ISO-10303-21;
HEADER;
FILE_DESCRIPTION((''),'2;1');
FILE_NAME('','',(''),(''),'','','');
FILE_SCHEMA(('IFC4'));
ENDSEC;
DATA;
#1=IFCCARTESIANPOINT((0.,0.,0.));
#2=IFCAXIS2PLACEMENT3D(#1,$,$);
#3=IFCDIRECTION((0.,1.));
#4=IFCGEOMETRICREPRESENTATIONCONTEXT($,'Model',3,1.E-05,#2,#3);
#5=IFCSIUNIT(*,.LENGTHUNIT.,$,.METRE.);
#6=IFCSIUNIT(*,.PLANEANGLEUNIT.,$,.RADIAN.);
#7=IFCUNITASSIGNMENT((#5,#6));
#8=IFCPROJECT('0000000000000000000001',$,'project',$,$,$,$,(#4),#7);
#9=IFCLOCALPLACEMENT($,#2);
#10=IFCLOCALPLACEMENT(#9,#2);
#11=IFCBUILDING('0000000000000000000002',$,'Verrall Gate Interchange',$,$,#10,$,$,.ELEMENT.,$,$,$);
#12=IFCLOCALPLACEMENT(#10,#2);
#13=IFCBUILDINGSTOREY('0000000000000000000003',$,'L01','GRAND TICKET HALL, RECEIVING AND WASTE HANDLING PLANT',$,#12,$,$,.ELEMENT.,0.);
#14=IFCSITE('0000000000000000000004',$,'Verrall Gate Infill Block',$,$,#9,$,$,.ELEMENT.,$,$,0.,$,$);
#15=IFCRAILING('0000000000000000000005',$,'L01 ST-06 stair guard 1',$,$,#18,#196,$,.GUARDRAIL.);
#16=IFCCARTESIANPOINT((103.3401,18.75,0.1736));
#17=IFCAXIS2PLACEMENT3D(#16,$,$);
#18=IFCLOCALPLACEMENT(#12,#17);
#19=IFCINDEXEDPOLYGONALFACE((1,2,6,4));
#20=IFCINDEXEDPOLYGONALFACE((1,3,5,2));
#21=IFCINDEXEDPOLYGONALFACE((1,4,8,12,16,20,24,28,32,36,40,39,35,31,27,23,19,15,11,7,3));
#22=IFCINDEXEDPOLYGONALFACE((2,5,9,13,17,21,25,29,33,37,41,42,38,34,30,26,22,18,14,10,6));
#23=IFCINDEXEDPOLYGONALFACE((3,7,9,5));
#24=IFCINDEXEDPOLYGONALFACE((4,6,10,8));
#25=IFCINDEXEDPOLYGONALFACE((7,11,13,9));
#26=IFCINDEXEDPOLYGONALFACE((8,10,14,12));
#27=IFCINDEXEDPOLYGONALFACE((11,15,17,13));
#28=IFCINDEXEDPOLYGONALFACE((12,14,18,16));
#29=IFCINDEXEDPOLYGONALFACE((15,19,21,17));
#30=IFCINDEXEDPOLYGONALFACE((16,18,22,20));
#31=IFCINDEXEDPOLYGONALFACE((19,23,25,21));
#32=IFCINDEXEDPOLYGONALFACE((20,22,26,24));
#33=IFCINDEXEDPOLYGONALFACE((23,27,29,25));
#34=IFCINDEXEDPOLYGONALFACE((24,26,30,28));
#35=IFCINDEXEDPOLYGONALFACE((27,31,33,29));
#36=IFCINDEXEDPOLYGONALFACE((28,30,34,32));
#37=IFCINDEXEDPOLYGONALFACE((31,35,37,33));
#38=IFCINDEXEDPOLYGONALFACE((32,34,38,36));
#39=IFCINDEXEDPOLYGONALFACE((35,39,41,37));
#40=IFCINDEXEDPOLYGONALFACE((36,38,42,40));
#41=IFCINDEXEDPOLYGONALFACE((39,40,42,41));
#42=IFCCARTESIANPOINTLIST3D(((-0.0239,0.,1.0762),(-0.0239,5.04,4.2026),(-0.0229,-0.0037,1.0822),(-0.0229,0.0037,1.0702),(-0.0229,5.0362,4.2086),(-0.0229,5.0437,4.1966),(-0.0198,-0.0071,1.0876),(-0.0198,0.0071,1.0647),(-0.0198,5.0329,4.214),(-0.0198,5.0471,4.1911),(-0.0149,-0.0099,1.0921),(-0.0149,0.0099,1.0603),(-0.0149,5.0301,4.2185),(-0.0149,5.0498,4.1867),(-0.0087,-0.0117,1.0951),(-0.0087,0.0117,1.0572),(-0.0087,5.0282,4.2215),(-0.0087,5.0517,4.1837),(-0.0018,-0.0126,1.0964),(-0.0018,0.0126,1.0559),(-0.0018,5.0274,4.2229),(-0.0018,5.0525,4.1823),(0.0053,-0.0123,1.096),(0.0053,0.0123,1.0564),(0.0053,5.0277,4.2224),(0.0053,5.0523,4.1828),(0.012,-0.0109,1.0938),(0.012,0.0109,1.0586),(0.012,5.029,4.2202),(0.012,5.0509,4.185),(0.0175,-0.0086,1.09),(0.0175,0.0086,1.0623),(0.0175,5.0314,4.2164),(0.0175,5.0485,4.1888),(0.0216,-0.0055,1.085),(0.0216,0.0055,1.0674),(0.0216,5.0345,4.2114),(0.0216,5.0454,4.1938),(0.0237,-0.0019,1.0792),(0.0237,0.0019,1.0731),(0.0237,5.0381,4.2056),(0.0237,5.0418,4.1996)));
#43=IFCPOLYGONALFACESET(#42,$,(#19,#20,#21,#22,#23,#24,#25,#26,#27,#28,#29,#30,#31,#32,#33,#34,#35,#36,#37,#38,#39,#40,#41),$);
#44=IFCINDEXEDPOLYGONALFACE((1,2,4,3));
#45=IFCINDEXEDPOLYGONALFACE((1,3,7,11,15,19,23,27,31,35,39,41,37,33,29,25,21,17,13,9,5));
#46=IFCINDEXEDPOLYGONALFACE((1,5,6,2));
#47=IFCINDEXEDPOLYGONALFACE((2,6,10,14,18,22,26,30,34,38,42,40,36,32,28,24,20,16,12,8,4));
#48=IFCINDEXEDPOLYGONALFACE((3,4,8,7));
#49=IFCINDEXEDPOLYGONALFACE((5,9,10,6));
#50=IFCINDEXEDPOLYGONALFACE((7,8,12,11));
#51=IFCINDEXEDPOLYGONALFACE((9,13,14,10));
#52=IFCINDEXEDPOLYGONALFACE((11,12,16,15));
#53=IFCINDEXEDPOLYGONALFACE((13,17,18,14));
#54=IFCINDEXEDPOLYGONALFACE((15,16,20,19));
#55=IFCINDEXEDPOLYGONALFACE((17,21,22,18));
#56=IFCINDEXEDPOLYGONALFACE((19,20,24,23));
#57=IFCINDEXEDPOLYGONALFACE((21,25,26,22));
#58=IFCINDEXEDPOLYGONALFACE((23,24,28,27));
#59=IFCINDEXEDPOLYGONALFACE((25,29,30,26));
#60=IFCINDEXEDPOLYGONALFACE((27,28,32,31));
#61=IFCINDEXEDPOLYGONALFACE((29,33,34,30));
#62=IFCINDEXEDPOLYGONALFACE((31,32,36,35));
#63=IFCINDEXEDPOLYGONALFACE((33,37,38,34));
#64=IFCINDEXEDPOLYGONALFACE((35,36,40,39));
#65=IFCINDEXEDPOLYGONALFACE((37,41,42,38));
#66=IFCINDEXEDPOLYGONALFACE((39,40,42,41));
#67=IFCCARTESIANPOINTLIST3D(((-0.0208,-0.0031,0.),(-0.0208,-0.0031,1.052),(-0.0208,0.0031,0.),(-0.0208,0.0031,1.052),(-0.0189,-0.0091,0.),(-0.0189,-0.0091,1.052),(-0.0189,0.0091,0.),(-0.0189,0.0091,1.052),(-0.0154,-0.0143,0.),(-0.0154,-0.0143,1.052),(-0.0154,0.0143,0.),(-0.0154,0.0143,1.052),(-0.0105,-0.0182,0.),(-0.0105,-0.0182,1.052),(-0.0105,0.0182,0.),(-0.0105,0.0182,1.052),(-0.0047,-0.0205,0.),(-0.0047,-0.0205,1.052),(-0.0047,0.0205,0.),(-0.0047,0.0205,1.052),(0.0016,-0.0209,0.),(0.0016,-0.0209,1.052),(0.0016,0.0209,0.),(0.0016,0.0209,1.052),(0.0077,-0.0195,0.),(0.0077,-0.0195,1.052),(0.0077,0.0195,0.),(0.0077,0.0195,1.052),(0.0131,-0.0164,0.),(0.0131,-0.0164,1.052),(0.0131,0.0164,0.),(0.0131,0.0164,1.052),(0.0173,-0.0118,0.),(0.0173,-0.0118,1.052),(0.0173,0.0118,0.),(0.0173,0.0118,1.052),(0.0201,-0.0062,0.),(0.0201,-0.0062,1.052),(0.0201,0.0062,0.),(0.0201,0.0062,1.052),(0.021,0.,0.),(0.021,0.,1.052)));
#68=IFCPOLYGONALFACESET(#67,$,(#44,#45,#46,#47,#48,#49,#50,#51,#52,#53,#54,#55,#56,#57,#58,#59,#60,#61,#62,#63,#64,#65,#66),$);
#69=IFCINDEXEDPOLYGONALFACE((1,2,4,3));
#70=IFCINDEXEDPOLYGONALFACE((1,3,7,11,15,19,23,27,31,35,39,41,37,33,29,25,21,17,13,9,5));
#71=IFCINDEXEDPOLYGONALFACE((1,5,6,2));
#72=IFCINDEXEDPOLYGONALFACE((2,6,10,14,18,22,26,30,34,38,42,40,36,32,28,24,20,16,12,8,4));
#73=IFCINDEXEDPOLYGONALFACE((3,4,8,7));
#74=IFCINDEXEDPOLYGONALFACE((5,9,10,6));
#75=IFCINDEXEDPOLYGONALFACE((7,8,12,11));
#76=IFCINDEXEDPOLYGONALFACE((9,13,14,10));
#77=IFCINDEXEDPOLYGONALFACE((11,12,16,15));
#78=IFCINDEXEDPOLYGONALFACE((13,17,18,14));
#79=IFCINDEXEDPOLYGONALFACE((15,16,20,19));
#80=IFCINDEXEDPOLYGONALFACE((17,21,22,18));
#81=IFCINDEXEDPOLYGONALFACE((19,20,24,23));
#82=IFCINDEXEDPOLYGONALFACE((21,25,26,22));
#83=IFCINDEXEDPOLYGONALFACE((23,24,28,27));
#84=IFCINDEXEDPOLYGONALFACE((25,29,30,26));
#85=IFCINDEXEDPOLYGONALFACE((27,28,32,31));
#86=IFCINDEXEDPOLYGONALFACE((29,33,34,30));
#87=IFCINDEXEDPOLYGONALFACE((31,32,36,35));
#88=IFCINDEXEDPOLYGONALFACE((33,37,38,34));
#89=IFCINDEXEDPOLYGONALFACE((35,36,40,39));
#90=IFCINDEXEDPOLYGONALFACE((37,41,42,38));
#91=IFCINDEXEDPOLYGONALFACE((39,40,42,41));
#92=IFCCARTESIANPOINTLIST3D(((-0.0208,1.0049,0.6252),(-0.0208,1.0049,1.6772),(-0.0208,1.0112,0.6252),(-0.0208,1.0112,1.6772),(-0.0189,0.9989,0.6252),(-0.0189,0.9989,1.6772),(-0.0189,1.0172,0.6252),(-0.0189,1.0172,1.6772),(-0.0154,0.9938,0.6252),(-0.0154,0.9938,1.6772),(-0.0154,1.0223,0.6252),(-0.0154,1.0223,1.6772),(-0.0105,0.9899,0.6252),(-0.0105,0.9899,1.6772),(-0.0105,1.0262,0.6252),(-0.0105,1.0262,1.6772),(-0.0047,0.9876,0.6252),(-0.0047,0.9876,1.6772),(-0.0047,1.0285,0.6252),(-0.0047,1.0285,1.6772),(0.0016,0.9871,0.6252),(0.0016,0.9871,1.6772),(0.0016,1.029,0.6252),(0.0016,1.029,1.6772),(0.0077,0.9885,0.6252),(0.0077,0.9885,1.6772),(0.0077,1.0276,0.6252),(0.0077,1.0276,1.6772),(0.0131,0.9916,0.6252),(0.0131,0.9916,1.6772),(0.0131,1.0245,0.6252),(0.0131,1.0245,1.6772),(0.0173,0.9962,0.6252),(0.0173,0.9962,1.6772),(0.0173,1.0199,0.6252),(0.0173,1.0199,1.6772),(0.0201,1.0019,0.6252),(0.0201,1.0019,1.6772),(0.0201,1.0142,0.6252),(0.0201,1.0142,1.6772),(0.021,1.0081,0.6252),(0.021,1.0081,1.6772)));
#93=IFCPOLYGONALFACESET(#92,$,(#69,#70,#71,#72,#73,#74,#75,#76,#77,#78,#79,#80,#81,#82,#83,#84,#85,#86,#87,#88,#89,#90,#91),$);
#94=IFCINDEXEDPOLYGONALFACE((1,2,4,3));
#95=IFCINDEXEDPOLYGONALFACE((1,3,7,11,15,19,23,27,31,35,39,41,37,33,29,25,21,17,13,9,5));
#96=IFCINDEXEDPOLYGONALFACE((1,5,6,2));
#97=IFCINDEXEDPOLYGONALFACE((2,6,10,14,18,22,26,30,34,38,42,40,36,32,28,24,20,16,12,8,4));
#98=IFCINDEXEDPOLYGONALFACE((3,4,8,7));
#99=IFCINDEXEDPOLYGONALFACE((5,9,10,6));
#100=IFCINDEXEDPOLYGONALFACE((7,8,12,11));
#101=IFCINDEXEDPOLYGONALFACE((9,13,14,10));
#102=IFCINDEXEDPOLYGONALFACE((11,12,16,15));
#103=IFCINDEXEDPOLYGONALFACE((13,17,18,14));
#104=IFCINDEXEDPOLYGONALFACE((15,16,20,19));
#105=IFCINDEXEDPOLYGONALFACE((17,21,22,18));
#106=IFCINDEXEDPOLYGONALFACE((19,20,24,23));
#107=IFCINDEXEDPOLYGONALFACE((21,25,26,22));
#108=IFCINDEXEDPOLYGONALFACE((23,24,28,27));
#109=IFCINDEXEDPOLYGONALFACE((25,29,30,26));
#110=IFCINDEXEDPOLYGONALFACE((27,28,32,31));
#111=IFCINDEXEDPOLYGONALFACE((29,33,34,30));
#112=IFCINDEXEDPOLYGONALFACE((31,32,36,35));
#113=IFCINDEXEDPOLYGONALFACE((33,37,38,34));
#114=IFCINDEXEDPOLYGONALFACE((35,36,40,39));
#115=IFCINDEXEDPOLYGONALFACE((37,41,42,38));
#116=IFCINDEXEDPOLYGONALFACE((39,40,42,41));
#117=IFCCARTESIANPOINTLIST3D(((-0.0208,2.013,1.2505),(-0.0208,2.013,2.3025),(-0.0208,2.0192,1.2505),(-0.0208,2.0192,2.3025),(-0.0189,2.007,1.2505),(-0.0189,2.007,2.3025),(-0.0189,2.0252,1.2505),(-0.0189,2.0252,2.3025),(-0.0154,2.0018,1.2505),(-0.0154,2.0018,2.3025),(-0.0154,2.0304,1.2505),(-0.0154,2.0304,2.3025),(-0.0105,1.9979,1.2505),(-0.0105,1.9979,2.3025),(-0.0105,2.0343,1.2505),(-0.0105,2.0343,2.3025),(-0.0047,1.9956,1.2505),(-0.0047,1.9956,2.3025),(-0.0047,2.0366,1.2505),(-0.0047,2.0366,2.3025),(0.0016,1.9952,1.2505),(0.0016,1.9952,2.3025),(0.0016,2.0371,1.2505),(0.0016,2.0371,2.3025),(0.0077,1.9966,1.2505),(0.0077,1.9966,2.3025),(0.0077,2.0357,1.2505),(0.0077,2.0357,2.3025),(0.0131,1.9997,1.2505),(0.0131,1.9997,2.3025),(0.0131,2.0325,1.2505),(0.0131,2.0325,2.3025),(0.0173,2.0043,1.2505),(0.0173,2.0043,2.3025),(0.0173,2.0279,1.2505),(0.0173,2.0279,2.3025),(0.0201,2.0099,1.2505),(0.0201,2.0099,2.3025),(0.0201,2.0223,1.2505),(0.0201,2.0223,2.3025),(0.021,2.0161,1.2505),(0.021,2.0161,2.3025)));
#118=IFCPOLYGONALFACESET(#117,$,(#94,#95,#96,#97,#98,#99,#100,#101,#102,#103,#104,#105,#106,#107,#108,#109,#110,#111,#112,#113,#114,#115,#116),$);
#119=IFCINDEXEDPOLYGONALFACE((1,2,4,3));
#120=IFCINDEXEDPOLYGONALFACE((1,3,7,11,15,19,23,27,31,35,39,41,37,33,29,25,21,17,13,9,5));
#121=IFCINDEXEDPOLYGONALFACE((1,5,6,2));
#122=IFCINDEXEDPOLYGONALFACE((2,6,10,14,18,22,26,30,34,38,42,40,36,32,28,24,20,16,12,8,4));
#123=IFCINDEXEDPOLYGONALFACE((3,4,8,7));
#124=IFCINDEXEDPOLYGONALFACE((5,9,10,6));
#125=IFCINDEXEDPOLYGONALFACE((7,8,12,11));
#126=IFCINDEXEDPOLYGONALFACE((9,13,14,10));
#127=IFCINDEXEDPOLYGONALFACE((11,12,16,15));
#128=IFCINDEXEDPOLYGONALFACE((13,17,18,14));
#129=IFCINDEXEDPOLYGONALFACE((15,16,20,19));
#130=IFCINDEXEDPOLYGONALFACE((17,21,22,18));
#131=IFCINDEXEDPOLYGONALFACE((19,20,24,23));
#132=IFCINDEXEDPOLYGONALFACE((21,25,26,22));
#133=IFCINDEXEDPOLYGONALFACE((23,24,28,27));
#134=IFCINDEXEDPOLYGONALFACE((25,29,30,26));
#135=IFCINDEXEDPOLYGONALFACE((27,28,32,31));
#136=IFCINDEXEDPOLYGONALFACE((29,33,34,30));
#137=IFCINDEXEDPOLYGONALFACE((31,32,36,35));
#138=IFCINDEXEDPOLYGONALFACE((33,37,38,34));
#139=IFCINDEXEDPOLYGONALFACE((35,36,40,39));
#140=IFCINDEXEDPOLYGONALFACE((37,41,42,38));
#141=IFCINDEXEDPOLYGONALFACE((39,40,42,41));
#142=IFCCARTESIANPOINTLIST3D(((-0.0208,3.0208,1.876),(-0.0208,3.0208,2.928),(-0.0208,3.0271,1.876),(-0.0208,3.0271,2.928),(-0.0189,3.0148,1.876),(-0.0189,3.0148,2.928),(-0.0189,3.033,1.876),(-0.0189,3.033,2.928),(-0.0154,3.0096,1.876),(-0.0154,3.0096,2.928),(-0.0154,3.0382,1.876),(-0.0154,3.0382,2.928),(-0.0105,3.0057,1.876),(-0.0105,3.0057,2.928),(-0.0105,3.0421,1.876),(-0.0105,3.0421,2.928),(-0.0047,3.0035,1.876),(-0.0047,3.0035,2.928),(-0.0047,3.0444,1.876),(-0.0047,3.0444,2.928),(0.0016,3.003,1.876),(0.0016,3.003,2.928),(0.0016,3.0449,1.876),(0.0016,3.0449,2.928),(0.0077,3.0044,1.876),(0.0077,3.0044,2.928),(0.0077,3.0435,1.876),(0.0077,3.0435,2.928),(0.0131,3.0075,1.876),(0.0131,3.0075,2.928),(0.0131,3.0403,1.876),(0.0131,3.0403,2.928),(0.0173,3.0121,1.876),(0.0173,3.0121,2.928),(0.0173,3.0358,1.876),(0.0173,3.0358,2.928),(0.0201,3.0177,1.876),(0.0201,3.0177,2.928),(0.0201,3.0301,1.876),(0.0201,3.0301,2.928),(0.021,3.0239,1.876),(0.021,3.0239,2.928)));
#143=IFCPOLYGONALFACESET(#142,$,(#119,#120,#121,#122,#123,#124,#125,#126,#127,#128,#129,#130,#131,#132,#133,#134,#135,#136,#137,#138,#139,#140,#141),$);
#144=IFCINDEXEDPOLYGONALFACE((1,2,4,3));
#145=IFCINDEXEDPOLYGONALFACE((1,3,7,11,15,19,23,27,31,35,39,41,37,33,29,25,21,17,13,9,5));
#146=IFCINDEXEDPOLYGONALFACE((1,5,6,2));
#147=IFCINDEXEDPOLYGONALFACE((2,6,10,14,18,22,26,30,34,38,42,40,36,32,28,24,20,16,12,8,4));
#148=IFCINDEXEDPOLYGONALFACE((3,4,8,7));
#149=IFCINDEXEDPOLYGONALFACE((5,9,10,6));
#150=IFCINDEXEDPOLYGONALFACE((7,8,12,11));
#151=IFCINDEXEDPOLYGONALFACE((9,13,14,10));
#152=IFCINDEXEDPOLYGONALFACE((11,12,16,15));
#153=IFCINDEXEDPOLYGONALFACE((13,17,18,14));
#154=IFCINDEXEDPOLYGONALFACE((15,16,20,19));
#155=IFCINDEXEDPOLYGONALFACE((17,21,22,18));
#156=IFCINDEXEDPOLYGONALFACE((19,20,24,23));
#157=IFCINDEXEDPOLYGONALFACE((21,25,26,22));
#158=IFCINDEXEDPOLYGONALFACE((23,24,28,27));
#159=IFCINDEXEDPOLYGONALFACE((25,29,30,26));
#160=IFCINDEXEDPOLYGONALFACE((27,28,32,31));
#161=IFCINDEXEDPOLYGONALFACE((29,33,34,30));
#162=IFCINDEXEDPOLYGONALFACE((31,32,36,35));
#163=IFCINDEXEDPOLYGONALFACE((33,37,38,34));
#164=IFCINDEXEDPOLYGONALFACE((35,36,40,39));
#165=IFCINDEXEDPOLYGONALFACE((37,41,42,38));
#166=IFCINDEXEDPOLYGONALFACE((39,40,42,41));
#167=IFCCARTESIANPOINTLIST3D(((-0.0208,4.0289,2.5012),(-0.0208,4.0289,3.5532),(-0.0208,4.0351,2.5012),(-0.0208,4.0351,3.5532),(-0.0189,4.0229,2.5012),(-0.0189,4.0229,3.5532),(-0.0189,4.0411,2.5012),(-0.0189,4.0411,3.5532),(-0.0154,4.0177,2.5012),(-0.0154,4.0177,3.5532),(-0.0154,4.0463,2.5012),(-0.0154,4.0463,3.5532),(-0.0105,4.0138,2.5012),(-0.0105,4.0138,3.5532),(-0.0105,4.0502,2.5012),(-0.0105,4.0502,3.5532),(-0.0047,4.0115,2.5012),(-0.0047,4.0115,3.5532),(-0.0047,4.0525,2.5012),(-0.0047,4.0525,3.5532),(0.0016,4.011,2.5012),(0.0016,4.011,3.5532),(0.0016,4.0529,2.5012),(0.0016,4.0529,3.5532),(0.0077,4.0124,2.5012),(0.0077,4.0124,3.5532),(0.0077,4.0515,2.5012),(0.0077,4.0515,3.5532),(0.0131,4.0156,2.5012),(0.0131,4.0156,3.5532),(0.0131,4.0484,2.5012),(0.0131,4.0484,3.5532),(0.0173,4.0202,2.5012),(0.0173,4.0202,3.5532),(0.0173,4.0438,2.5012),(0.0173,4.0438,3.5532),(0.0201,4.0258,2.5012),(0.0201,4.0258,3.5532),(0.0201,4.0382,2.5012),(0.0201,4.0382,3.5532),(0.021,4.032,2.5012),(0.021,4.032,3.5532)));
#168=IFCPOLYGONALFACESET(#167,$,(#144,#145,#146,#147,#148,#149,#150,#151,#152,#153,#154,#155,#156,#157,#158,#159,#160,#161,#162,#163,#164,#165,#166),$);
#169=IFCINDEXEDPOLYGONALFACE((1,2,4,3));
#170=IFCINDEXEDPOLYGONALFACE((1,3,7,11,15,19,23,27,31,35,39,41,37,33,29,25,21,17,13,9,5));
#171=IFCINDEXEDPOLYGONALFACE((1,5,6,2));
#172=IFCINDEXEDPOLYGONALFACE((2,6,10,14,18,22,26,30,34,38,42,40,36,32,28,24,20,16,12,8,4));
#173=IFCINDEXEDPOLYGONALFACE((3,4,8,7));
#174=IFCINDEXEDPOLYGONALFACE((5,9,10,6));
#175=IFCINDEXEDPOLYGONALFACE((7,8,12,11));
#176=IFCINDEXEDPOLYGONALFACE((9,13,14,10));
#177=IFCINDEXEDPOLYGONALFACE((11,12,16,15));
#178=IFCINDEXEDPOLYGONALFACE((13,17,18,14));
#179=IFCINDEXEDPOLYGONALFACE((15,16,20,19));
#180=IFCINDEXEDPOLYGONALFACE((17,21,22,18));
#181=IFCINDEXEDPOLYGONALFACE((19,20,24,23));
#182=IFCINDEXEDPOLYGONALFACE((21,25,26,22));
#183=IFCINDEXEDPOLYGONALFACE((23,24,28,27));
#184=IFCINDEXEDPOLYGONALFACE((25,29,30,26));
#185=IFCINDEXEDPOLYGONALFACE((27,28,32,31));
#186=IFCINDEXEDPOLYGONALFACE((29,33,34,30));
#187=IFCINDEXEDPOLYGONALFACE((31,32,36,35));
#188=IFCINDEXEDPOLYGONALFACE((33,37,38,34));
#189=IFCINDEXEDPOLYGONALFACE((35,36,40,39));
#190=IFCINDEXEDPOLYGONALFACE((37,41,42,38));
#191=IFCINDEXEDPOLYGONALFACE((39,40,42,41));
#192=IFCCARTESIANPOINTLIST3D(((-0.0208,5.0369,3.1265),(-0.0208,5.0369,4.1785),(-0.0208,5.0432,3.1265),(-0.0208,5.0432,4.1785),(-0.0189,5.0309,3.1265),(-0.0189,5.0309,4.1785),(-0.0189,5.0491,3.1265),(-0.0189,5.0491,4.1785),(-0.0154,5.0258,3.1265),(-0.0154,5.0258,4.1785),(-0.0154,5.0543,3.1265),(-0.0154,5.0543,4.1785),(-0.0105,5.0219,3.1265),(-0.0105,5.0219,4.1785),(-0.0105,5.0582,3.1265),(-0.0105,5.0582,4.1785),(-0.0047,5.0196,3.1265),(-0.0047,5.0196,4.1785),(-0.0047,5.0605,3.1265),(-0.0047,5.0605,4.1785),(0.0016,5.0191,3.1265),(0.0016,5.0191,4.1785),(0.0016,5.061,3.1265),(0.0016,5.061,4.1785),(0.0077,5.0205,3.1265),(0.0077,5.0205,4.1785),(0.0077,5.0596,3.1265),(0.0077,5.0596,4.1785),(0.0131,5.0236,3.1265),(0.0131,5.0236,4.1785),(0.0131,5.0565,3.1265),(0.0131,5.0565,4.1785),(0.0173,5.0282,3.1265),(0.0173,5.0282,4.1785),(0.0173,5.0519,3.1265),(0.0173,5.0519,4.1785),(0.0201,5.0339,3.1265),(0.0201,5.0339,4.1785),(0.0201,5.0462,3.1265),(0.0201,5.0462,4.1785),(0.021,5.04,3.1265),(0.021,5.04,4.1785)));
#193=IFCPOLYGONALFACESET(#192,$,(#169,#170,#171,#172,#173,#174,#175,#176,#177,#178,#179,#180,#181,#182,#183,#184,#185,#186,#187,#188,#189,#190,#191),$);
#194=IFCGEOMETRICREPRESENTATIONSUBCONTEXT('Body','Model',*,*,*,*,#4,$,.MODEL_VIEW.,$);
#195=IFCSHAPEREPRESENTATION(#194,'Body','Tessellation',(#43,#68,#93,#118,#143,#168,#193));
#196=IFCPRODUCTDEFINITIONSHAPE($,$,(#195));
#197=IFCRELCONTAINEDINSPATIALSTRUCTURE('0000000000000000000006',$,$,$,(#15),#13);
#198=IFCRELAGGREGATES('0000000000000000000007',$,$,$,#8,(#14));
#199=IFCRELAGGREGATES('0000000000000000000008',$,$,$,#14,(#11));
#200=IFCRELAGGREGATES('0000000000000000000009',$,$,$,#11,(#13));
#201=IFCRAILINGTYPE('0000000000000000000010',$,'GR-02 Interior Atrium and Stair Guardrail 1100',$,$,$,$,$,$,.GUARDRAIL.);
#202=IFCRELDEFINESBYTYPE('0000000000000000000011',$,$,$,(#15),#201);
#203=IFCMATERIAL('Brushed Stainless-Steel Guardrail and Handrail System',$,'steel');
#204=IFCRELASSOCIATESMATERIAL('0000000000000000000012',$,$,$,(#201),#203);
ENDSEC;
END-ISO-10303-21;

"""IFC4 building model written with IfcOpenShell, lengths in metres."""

from ifc_helpers import new_model, si_unit, direction, frame, origin, origin_2d, place, context, subcontext, project, spatial, circle, extrude, material, type_object, element, save


model = new_model("IFC4")

# Units and contexts
model_context = context("Model", 3, precision=1e-05, world=origin(), true_north=direction((0.0, 1.0)))
body_context = subcontext(model_context, "Body", "Model", "MODEL_VIEW")
ifc_project = project(units=[si_unit("LENGTHUNIT", "METRE"), si_unit("PLANEANGLEUNIT", "RADIAN")], contexts=[model_context])

# Site, building, storey
site_placement = place(None, origin())
site = spatial("IfcSite", under=ifc_project, at=site_placement, Name="Verrall Gate Infill Block", CompositionType="ELEMENT", RefElevation=0.0)
building_placement = place(site_placement, origin())
building = spatial("IfcBuilding", under=site, at=building_placement, Name="Verrall Gate Interchange", CompositionType="ELEMENT")
storey_placement = place(building_placement, origin())
storey = spatial("IfcBuildingStorey", under=building, at=storey_placement, Name="L01", Description="GRAND TICKET HALL, RECEIVING AND WASTE HANDLING PLANT", CompositionType="ELEMENT", Elevation=0.0)

# Railing
ifc_material_1 = material(Name="Brushed Stainless-Steel Guardrail and Handrail System", Category="steel")
railing_type_1 = type_object("IfcRailingType", Name="GR-02 Interior Atrium and Stair Guardrail 1100", PredefinedType="GUARDRAIL", material=ifc_material_1)
railing_1_placement = place(storey_placement, frame((103.3401, 18.75, 0.1736)))
element("IfcRailing", 1, at=railing_1_placement, inside=storey, type_object=railing_type_1, Name="L01 ST-06 stair guard 1", PredefinedType="GUARDRAIL", context=body_context, shape_type="SweptSolid", body=[
    extrude(circle(Radius=0.0239, at=origin_2d()), frame((0.0, 0.0, 1.0762), z_axis=(0.0, 0.849779, 0.527139), x_axis=(-1.0, 0.0, 0.0)), (0.0, 0.0, 1.0), 5.9309),
    extrude(circle(Radius=0.021, at=origin_2d()), origin(), (0.0, 0.0, 1.0), 1.052),
    extrude(circle(Radius=0.021, at=origin_2d()), frame((0.0, 1.0081, 0.6252)), (0.0, 0.0, 1.0), 1.052),
    extrude(circle(Radius=0.021, at=origin_2d()), frame((0.0, 2.0161, 1.2505)), (0.0, 0.0, 1.0), 1.052),
    extrude(circle(Radius=0.021, at=origin_2d()), frame((0.0, 3.0239, 1.876)), (0.0, 0.0, 1.0), 1.052),
    extrude(circle(Radius=0.021, at=origin_2d()), frame((0.0, 4.032, 2.5012)), (0.0, 0.0, 1.0), 1.052),
    extrude(circle(Radius=0.021, at=origin_2d()), frame((0.0, 5.04, 3.1265)), (0.0, 0.0, 1.0), 1.052),
])

save(model, "model.ifc")
